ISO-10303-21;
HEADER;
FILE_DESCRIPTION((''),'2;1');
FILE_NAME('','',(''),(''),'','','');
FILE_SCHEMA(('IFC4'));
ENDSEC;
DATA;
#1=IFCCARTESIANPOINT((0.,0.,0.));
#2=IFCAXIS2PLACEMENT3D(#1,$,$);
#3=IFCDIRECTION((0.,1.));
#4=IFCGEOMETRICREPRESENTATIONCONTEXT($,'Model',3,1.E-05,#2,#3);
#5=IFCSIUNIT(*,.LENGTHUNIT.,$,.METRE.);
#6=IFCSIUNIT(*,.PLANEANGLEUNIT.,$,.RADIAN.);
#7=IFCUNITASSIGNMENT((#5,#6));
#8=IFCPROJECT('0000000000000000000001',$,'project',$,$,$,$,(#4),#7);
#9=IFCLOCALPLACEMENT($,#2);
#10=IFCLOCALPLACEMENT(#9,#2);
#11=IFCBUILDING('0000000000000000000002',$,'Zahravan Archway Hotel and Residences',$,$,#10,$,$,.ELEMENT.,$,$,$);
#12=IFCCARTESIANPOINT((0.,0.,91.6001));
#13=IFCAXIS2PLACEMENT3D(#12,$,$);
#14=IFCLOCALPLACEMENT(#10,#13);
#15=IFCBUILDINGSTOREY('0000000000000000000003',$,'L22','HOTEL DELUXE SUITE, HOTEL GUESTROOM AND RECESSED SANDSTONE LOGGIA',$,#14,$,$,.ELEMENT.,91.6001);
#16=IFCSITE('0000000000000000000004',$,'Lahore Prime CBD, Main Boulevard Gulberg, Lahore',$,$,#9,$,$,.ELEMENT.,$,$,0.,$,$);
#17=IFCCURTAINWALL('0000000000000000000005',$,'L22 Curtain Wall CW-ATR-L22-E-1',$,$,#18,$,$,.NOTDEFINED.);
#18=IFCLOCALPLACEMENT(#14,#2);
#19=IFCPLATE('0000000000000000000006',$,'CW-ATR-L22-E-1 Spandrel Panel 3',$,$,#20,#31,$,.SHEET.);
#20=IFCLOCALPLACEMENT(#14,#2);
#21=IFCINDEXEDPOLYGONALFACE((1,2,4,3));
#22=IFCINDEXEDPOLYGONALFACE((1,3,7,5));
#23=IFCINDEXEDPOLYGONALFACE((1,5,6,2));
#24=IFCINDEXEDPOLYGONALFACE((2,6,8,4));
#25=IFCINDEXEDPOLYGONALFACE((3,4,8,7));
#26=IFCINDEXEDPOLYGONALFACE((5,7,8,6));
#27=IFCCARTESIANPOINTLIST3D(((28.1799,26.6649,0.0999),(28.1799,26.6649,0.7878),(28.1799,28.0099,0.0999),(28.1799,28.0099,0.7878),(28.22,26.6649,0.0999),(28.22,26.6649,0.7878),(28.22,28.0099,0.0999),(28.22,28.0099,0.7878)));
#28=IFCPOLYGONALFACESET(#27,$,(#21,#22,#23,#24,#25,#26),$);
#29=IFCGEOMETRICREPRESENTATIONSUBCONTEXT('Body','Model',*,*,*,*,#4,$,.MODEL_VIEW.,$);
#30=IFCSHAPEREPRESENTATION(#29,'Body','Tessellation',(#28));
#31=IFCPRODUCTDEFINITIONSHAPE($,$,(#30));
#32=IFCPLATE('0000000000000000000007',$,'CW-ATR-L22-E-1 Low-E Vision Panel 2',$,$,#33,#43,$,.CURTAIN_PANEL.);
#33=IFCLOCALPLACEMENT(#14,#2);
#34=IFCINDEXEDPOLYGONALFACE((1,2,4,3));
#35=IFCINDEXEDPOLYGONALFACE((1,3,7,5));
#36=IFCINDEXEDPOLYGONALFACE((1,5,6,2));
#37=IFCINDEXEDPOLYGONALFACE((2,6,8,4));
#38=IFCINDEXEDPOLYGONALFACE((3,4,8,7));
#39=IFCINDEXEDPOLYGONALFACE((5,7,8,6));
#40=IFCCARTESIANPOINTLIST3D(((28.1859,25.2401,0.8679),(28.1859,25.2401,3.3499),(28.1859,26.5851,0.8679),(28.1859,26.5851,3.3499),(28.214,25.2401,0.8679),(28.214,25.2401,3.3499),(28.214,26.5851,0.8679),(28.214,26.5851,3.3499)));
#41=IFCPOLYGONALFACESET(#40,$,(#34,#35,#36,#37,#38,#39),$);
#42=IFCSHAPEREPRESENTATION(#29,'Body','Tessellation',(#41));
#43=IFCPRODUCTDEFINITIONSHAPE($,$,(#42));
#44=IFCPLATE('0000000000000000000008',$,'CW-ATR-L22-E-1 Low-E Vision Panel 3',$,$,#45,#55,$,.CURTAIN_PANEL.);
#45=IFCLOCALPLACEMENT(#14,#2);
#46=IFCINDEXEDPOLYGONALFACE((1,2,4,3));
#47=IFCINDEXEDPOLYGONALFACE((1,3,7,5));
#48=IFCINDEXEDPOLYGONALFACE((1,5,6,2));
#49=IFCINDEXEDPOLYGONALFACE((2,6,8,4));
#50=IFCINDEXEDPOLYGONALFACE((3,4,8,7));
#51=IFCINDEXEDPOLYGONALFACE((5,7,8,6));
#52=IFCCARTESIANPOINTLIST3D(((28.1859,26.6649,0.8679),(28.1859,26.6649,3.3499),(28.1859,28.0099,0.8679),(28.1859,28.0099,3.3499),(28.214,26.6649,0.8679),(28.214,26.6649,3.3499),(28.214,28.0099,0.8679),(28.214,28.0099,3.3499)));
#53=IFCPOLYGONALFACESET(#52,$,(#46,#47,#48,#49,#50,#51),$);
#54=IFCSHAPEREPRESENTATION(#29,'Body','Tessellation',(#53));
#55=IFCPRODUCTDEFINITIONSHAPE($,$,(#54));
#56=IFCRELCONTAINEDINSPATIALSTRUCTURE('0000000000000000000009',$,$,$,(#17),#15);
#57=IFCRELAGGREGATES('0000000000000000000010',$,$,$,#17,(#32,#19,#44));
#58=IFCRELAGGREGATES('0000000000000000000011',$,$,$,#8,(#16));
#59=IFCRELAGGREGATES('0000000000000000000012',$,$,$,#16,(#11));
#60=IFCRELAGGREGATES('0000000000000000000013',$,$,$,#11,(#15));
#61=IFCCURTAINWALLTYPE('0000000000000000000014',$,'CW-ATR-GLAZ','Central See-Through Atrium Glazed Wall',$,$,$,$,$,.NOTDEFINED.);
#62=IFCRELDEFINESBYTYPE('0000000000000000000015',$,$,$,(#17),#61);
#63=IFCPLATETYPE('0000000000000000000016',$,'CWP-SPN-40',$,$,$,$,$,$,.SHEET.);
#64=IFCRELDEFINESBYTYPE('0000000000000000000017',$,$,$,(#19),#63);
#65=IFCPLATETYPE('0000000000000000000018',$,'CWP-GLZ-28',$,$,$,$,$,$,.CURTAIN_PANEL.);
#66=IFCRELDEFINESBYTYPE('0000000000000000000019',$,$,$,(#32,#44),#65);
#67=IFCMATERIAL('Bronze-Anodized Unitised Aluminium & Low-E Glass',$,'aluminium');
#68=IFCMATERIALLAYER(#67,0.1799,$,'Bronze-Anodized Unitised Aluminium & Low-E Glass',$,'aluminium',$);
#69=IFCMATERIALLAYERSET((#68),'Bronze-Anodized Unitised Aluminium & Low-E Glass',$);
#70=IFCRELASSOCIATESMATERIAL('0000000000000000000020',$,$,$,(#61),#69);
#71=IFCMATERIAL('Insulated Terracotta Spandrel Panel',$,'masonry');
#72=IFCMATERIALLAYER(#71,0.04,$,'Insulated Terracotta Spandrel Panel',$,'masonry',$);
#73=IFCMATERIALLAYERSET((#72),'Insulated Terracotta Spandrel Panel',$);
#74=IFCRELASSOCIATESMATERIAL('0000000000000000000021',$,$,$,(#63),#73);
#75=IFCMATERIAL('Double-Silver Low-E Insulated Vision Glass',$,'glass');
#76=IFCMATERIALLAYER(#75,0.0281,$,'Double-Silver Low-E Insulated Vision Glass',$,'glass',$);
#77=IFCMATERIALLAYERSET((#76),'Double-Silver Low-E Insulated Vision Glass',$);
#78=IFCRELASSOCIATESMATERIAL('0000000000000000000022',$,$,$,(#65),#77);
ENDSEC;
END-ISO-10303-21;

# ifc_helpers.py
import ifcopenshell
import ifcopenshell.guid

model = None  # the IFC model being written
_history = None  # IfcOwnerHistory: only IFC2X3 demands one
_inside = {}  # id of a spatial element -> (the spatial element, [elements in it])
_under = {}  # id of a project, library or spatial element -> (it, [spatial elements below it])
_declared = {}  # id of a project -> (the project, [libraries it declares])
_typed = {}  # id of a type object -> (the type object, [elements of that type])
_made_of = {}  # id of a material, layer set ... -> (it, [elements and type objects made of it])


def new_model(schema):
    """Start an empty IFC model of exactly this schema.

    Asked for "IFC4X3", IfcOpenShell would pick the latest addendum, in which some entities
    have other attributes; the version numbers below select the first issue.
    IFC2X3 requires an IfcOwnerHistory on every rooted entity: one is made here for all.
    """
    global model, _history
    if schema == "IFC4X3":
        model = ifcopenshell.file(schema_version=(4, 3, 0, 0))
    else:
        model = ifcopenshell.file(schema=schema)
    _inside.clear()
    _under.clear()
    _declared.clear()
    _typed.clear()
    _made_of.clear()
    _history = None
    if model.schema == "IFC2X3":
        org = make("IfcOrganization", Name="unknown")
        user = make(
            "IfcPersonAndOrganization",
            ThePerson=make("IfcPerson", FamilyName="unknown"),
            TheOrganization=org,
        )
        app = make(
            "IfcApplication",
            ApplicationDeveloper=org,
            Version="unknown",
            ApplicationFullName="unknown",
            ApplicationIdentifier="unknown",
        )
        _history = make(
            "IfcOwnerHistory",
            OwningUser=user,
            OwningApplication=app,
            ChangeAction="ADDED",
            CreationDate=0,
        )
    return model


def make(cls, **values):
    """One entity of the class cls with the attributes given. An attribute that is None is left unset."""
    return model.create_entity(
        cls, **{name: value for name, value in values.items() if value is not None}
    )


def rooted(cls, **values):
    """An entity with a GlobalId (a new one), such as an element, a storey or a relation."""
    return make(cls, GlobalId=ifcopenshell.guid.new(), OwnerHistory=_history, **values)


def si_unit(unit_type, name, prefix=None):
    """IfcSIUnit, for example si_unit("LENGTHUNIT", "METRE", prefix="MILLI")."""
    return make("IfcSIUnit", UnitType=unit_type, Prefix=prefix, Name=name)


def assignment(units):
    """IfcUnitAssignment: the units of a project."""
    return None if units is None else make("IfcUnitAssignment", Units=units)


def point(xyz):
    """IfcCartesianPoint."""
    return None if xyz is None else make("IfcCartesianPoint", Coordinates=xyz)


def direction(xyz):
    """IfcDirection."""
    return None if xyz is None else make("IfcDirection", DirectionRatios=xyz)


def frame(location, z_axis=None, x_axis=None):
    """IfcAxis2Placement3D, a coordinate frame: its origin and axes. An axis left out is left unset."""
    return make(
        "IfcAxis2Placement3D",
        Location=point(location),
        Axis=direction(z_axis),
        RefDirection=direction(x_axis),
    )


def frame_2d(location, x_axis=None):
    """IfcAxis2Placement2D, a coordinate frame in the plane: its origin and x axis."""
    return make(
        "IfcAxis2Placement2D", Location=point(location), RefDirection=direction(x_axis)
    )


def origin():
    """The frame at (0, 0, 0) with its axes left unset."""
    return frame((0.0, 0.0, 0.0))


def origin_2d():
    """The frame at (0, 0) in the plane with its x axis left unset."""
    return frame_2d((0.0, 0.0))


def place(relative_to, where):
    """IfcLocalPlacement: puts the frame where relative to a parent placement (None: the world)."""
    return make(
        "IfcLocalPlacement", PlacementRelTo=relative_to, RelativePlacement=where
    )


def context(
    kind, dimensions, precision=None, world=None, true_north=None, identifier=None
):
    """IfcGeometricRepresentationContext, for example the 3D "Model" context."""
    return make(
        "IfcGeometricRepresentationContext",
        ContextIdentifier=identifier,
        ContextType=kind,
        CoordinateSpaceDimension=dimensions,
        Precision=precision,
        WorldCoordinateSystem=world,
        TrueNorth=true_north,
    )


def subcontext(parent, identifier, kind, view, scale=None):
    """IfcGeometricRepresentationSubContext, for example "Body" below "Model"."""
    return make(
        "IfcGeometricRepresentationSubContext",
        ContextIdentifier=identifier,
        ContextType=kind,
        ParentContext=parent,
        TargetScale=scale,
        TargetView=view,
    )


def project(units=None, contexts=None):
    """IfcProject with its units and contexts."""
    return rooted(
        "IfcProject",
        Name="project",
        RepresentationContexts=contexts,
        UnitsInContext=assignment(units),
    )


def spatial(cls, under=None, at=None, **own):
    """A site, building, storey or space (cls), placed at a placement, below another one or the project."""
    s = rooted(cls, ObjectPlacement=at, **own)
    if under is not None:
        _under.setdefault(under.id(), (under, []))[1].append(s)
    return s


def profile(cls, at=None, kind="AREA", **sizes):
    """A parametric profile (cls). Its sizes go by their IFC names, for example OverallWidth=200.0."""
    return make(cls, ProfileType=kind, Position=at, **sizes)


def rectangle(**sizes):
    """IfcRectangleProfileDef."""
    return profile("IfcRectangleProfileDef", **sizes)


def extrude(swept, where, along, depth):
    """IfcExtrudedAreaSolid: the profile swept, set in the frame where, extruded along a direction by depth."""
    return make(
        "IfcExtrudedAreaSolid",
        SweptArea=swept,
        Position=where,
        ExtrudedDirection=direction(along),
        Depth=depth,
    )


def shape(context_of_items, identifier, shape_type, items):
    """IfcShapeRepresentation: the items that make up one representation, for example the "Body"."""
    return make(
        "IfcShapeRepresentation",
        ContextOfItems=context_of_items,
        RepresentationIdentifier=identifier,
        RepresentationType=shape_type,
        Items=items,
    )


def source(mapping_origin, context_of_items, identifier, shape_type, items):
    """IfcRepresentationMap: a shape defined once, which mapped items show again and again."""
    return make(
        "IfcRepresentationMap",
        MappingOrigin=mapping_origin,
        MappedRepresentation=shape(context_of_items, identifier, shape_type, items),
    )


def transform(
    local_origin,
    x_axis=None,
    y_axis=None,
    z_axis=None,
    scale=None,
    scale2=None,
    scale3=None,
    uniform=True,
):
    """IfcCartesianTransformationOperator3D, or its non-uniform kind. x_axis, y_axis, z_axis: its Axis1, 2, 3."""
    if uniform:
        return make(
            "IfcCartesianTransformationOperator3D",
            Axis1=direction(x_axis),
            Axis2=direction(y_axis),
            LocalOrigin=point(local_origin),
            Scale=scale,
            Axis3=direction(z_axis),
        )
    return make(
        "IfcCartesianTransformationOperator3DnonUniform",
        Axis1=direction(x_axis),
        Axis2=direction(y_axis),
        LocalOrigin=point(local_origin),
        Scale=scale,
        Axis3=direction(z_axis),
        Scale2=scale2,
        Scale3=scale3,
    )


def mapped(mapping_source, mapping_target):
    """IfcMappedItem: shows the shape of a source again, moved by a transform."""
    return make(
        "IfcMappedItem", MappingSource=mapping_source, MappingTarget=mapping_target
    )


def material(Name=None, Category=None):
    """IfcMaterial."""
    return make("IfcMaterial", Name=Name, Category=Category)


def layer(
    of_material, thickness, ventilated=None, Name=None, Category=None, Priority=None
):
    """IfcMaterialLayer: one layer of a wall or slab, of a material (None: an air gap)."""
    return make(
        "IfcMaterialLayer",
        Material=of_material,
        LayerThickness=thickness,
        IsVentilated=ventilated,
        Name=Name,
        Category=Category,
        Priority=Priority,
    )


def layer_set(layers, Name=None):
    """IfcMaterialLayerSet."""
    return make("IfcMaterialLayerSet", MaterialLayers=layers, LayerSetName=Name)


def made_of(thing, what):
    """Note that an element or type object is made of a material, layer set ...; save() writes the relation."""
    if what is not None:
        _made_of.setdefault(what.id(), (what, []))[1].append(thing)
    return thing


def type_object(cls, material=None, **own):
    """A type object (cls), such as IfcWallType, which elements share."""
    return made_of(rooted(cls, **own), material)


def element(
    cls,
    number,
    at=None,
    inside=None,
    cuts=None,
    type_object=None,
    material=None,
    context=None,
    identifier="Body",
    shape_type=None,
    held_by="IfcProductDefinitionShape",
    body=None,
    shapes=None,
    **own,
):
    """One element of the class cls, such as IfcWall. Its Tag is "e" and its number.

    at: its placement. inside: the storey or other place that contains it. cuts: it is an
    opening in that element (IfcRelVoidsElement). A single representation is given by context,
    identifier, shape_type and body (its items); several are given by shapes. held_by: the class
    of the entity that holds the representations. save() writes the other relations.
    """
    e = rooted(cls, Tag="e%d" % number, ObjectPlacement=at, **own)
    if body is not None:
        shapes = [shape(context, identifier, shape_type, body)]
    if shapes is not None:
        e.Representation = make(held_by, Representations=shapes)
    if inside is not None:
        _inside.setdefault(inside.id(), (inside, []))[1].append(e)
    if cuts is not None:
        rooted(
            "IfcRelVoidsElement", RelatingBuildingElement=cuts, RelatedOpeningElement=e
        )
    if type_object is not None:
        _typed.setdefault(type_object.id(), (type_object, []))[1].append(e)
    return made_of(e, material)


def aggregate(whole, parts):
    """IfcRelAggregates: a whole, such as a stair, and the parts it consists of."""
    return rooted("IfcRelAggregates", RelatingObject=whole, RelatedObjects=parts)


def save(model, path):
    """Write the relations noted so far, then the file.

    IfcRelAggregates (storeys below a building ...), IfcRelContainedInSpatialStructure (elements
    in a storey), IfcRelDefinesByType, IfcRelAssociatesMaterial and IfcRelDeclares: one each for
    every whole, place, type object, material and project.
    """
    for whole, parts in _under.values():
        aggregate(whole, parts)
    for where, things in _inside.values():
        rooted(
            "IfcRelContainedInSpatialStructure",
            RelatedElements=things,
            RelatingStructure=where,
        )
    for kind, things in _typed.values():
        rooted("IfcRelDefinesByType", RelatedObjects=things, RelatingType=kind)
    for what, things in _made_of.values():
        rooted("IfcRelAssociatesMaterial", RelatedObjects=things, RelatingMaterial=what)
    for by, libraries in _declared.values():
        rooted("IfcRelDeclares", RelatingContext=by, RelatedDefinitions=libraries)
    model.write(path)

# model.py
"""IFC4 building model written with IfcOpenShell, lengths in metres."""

from ifc_helpers import new_model, si_unit, direction, frame, origin, origin_2d, place, context, subcontext, project, spatial, rectangle, extrude, source, transform, mapped, material, layer, layer_set, type_object, element, aggregate, save


model = new_model("IFC4")

# Units and contexts
model_context = context("Model", 3, precision=1e-05, world=origin(), true_north=direction((0.0, 1.0)))
body_context = subcontext(model_context, "Body", "Model", "MODEL_VIEW")
ifc_project = project(units=[si_unit("LENGTHUNIT", "METRE"), si_unit("PLANEANGLEUNIT", "RADIAN")], contexts=[model_context])

# Site, building, storey
site_placement = place(None, origin())
site = spatial("IfcSite", under=ifc_project, at=site_placement, Name="Lahore Prime CBD, Main Boulevard Gulberg, Lahore", CompositionType="ELEMENT", RefElevation=0.0)
building_placement = place(site_placement, origin())
building = spatial("IfcBuilding", under=site, at=building_placement, Name="Zahravan Archway Hotel and Residences", CompositionType="ELEMENT")
storey_placement = place(building_placement, frame((0.0, 0.0, 91.6001)))
storey = spatial("IfcBuildingStorey", under=building, at=storey_placement, Name="L22", Description="HOTEL DELUXE SUITE, HOTEL GUESTROOM AND RECESSED SANDSTONE LOGGIA", CompositionType="ELEMENT", Elevation=91.6001)

# Shared definitions
ifc_material_1 = material(Name="Bronze-Anodized Unitised Aluminium & Low-E Glass", Category="aluminium")
ifc_layer_1 = layer(ifc_material_1, 0.1799, Name="Bronze-Anodized Unitised Aluminium & Low-E Glass", Category="aluminium")
ifc_layer_set_1 = layer_set([ifc_layer_1], Name="Bronze-Anodized Unitised Aluminium & Low-E Glass")
curtain_wall_type = type_object("IfcCurtainWallType", Name="CW-ATR-GLAZ", Description="Central See-Through Atrium Glazed Wall", PredefinedType="NOTDEFINED", material=ifc_layer_set_1)

# Curtain wall
curtain_wall_1_placement = place(storey_placement, origin())
curtain_wall_1 = element("IfcCurtainWall", 1, at=curtain_wall_1_placement, inside=storey, type_object=curtain_wall_type, Name="L22 Curtain Wall CW-ATR-L22-E-1", PredefinedType="NOTDEFINED")

# Plates
ifc_material_2 = material(Name="Insulated Terracotta Spandrel Panel", Category="masonry")
ifc_layer_2 = layer(ifc_material_2, 0.04, Name="Insulated Terracotta Spandrel Panel", Category="masonry")
ifc_layer_set_2 = layer_set([ifc_layer_2], Name="Insulated Terracotta Spandrel Panel")
plate_type_1 = type_object("IfcPlateType", Name="CWP-SPN-40", PredefinedType="SHEET", material=ifc_layer_set_2)
ifc_material_3 = material(Name="Double-Silver Low-E Insulated Vision Glass", Category="glass")
ifc_layer_3 = layer(ifc_material_3, 0.0281, Name="Double-Silver Low-E Insulated Vision Glass", Category="glass")
ifc_layer_set_3 = layer_set([ifc_layer_3], Name="Double-Silver Low-E Insulated Vision Glass")
plate_type_2 = type_object("IfcPlateType", Name="CWP-GLZ-28", PredefinedType="CURTAIN_PANEL", material=ifc_layer_set_3)
shared_shape_1 = source(origin(), body_context, "Body", "SweptSolid", [
    extrude(rectangle(XDim=1.345, YDim=0.04, at=origin_2d()), origin(), (0.0, 0.0, 1.0), 0.688),
])
plate_1_placement = place(storey_placement, frame((28.2, 27.3374, 0.0999), z_axis=(0.0, 0.0, 1.0), x_axis=(0.0, 1.0, 0.0)))
plate_1 = element("IfcPlate", 2, at=plate_1_placement, type_object=plate_type_1, Name="CW-ATR-L22-E-1 Spandrel Panel 3", PredefinedType="SHEET", context=body_context, shape_type="MappedRepresentation", body=[
    mapped(shared_shape_1, transform((0.0, 0.0, 0.0), scale=1.0)),
])
shared_shape_2 = source(origin(), body_context, "Body", "SweptSolid", [
    extrude(rectangle(XDim=1.345, YDim=0.0281, at=origin_2d()), origin(), (0.0, 0.0, 1.0), 2.4819),
])
plate_2_placement = place(storey_placement, frame((28.2, 25.9126, 0.8679), z_axis=(0.0, 0.0, 1.0), x_axis=(0.0, 1.0, 0.0)))
plate_2 = element("IfcPlate", 3, at=plate_2_placement, type_object=plate_type_2, Name="CW-ATR-L22-E-1 Low-E Vision Panel 2", PredefinedType="CURTAIN_PANEL", context=body_context, shape_type="MappedRepresentation", body=[
    mapped(shared_shape_2, transform((0.0, 0.0, 0.0), scale=1.0)),
])
plate_3_placement = place(storey_placement, frame((28.2, 27.3374, 0.8679), z_axis=(0.0, 0.0, 1.0), x_axis=(0.0, 1.0, 0.0)))
plate_3 = element("IfcPlate", 4, at=plate_3_placement, type_object=plate_type_2, Name="CW-ATR-L22-E-1 Low-E Vision Panel 3", PredefinedType="CURTAIN_PANEL", context=body_context, shape_type="MappedRepresentation", body=[
    mapped(shared_shape_2, transform((0.0, 0.0, 0.0), scale=1.0)),
])
aggregate(curtain_wall_1, [plate_2, plate_1, plate_3])

save(model, "model.ifc")
